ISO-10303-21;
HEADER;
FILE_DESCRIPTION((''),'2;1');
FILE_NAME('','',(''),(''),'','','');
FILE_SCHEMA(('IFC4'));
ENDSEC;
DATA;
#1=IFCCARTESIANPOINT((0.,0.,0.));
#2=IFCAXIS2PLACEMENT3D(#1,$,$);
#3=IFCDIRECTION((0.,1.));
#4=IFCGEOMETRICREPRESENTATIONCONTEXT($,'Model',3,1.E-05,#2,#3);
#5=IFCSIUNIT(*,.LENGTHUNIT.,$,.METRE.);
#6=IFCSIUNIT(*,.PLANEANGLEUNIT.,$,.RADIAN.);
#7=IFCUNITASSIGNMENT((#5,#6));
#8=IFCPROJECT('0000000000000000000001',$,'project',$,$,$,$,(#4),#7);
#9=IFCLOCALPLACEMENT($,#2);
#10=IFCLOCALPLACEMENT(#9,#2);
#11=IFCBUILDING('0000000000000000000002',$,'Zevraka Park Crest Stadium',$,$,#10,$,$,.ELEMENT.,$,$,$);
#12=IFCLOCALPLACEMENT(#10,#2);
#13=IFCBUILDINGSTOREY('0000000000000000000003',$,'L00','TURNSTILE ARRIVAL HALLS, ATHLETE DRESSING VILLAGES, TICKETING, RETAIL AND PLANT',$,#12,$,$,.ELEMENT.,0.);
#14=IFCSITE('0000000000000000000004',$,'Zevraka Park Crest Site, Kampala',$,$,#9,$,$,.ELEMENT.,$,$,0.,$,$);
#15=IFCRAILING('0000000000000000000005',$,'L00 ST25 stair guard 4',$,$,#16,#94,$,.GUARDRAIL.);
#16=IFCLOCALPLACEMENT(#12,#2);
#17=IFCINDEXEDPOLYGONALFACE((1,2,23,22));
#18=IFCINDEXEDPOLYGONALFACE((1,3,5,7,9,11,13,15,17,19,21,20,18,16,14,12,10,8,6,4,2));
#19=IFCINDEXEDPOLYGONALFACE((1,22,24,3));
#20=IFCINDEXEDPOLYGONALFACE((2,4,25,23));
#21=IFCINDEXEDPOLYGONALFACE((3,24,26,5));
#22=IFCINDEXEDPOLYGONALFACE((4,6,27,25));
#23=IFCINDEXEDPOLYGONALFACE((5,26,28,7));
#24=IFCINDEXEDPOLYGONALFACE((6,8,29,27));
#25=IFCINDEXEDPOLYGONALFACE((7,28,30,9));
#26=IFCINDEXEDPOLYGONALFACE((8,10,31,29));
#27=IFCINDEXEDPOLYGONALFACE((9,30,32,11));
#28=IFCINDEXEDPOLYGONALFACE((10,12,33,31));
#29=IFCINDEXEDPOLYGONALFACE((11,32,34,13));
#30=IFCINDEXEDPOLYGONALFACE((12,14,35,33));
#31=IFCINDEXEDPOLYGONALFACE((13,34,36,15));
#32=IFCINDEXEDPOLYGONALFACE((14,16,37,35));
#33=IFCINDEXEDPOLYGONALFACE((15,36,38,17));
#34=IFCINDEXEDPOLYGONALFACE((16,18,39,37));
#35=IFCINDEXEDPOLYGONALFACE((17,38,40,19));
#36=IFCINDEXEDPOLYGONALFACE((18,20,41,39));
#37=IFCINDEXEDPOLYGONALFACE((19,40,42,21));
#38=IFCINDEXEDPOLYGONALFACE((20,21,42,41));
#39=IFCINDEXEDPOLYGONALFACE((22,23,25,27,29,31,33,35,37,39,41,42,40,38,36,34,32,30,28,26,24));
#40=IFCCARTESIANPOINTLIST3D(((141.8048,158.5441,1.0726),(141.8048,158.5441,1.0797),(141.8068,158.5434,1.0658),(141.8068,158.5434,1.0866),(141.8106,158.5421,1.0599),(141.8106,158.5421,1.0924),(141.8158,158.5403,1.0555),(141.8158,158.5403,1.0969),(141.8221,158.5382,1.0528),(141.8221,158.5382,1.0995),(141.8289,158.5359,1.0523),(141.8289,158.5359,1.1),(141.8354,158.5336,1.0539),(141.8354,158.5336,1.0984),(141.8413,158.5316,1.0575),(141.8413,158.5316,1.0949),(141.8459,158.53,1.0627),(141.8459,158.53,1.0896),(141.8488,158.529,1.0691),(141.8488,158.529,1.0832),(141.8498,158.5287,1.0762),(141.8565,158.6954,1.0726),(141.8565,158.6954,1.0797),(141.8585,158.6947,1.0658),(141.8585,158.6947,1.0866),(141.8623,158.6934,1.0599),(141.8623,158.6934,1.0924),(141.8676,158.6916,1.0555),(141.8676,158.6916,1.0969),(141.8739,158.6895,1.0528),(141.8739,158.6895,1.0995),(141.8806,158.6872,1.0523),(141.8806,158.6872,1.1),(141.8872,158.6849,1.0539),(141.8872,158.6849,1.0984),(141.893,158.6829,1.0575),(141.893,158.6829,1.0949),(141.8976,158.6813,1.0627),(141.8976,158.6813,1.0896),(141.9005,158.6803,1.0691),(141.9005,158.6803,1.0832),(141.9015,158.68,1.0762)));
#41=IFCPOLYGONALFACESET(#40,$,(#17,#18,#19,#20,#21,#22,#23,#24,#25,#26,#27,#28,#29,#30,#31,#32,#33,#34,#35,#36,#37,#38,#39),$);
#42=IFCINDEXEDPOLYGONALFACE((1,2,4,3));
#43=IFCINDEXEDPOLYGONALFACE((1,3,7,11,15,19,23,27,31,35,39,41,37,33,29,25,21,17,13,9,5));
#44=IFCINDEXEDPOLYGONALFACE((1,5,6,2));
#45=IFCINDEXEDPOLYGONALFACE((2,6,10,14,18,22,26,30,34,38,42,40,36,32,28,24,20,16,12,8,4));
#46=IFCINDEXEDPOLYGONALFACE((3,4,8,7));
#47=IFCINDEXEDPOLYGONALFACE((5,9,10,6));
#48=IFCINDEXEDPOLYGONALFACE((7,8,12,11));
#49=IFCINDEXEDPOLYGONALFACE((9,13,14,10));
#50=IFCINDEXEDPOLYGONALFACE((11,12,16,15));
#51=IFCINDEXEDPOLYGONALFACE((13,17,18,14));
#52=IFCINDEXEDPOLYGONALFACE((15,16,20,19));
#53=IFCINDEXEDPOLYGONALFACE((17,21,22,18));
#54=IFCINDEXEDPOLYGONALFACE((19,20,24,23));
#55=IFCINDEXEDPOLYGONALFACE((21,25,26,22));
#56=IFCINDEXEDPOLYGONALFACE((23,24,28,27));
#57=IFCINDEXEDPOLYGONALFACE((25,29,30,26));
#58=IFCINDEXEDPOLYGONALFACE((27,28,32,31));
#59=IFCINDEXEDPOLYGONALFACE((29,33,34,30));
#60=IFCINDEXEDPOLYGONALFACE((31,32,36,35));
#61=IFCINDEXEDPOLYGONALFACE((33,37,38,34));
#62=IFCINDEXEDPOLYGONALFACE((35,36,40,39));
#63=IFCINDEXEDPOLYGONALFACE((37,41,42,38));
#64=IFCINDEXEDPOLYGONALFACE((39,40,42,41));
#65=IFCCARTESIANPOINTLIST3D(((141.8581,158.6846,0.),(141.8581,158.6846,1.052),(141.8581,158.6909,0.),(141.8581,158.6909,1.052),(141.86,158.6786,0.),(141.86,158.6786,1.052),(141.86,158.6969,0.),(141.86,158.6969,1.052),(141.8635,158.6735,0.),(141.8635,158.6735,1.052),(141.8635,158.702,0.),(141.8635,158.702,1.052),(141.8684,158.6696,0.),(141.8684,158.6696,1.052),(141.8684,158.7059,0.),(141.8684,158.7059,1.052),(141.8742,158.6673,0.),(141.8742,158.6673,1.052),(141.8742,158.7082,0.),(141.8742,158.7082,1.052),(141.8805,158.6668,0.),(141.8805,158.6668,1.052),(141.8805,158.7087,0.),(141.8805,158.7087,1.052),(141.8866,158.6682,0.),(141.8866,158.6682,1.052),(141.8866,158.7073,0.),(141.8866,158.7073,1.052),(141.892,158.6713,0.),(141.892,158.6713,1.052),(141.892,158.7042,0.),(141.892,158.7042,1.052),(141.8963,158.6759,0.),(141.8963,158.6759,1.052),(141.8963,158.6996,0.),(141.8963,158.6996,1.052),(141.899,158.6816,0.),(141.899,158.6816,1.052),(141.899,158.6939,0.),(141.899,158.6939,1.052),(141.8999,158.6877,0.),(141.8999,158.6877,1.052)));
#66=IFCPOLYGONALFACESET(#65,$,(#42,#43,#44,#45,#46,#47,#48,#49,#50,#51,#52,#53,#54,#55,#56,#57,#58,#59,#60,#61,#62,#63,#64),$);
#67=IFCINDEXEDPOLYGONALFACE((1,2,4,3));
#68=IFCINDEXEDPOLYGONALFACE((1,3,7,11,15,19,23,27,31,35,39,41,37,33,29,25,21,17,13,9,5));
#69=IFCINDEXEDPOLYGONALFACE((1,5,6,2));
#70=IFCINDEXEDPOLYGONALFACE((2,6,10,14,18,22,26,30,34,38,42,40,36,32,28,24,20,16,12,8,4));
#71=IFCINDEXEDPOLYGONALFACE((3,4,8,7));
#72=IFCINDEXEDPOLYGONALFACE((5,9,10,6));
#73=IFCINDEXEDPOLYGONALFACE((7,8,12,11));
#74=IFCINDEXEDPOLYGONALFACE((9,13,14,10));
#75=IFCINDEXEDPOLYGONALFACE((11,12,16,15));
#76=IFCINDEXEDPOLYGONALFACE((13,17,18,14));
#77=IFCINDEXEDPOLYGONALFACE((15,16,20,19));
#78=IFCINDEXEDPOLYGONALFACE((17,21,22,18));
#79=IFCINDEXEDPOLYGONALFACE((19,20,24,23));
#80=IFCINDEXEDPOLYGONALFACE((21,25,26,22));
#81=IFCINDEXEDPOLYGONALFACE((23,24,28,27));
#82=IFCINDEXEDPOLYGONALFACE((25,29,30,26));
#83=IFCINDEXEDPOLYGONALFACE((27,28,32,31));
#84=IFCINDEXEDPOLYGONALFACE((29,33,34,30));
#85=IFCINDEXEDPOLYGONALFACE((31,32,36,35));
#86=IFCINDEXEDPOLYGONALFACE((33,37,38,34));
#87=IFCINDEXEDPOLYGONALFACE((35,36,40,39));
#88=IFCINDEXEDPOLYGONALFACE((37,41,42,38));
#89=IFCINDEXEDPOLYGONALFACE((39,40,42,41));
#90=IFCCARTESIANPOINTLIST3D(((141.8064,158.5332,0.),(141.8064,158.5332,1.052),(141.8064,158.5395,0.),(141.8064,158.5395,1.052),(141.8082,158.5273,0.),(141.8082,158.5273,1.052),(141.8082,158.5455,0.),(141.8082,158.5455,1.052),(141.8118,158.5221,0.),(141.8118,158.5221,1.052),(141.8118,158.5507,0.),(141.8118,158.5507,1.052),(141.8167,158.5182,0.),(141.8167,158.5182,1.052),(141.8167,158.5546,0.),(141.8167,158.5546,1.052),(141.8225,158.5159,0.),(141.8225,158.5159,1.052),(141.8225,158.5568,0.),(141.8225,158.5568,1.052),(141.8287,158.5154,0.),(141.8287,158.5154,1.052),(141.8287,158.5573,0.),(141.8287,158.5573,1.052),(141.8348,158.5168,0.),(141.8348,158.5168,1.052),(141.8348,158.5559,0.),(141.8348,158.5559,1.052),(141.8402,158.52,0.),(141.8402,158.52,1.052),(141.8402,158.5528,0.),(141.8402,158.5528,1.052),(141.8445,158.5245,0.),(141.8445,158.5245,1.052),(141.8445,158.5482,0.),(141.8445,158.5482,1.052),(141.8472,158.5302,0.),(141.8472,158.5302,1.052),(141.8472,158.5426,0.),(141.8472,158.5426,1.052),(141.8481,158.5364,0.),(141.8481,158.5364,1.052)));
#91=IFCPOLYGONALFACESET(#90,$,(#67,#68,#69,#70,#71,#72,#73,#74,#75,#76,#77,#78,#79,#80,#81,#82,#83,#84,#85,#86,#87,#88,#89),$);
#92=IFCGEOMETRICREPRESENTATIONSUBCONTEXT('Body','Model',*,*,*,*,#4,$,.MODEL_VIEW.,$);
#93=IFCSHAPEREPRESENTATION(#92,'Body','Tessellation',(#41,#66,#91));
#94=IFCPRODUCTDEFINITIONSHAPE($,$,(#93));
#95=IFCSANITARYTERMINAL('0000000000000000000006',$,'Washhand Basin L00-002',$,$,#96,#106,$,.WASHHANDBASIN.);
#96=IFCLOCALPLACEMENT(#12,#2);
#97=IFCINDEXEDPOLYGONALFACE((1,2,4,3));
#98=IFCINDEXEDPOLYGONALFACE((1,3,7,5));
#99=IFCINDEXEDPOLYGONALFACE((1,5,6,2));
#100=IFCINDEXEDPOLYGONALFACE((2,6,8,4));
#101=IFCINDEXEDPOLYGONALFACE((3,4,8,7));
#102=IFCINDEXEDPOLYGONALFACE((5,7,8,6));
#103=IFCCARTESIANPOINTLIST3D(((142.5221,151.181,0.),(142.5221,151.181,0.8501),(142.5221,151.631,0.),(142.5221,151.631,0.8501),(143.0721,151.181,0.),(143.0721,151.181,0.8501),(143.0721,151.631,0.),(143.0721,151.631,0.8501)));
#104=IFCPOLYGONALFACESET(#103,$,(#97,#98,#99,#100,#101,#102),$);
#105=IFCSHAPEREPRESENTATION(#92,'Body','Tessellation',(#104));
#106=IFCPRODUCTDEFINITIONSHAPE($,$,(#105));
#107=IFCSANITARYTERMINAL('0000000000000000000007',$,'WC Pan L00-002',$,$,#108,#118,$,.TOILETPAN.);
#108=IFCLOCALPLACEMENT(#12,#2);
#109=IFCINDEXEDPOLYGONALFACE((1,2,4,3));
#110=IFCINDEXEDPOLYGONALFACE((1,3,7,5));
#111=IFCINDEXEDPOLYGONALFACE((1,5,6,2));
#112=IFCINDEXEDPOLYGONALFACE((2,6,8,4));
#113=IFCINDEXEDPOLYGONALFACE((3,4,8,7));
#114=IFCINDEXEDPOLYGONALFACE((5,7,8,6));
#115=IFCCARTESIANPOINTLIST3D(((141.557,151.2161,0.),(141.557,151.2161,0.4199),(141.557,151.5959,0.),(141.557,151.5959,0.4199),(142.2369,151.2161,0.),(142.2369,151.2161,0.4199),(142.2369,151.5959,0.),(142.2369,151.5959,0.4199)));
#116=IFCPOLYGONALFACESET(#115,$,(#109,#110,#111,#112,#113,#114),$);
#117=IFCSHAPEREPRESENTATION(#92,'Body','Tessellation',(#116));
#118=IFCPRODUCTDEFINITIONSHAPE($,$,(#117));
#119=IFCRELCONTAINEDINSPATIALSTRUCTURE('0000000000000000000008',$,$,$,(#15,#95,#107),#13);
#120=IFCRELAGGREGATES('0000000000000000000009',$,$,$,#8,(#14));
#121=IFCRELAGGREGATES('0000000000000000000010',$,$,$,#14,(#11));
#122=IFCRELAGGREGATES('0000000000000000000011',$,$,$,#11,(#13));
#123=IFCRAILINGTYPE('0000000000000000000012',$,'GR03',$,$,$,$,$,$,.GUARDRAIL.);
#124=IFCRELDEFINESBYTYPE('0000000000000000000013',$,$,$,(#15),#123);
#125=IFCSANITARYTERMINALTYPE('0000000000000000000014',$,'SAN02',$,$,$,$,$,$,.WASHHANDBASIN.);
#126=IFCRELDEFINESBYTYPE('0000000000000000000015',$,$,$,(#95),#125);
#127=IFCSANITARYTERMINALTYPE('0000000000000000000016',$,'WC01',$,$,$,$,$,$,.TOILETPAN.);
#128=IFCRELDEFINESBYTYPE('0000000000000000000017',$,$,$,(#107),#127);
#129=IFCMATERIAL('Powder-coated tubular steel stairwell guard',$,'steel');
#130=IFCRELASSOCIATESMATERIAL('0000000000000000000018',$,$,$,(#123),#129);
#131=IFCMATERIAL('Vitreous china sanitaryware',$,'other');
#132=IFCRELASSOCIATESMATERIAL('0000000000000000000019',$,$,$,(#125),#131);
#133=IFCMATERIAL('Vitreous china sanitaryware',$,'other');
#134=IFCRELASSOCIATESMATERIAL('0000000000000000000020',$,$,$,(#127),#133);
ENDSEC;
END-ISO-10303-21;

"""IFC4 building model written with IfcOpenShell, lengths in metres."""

from ifc_helpers import new_model, si_unit, direction, frame, origin, origin_2d, place, context, subcontext, project, spatial, rectangle, circle, extrude, material, type_object, element, save


model = new_model("IFC4")

# Units and contexts
model_context = context("Model", 3, precision=1e-05, world=origin(), true_north=direction((0.0, 1.0)))
body_context = subcontext(model_context, "Body", "Model", "MODEL_VIEW")
ifc_project = project(units=[si_unit("LENGTHUNIT", "METRE"), si_unit("PLANEANGLEUNIT", "RADIAN")], contexts=[model_context])

# Site, building, storey
site_placement = place(None, origin())
site = spatial("IfcSite", under=ifc_project, at=site_placement, Name="Zevraka Park Crest Site, Kampala", CompositionType="ELEMENT", RefElevation=0.0)
building_placement = place(site_placement, origin())
building = spatial("IfcBuilding", under=site, at=building_placement, Name="Zevraka Park Crest Stadium", CompositionType="ELEMENT")
storey_placement = place(building_placement, origin())
storey = spatial("IfcBuildingStorey", under=building, at=storey_placement, Name="L00", Description="TURNSTILE ARRIVAL HALLS, ATHLETE DRESSING VILLAGES, TICKETING, RETAIL AND PLANT", CompositionType="ELEMENT", Elevation=0.0)

# Railing
ifc_material_1 = material(Name="Powder-coated tubular steel stairwell guard", Category="steel")
railing_type_1 = type_object("IfcRailingType", Name="GR03", PredefinedType="GUARDRAIL", material=ifc_material_1)
railing_1_placement = place(storey_placement, frame((141.8789, 158.6877, 0.0)))
element("IfcRailing", 1, at=railing_1_placement, inside=storey, type_object=railing_type_1, Name="L00 ST25 stair guard 4", PredefinedType="GUARDRAIL", context=body_context, shape_type="SweptSolid", body=[
    extrude(circle(Radius=0.0239, at=origin_2d()), frame((0.0, 0.0, 1.0762), z_axis=(-0.323544, -0.946213, 0.0), x_axis=(0.946213, -0.323544, 0.0)), (0.0, 0.0, 1.0), 0.1599),
    extrude(circle(Radius=0.021, at=origin_2d()), origin(), (0.0, 0.0, 1.0), 1.052),
    extrude(circle(Radius=0.021, at=origin_2d()), frame((-0.0518, -0.1514, 0.0)), (0.0, 0.0, 1.0), 1.052),
])

# Sanitary terminals
ifc_material_2 = material(Name="Vitreous china sanitaryware", Category="other")
sanitary_terminal_type_1 = type_object("IfcSanitaryTerminalType", Name="SAN02", PredefinedType="WASHHANDBASIN", material=ifc_material_2)
sanitary_terminal_1_placement = place(storey_placement, frame((142.7971, 151.406, 0.0), z_axis=(0.0, 0.0, 1.0), x_axis=(1.0, 0.0, 0.0)))
element("IfcSanitaryTerminal", 2, at=sanitary_terminal_1_placement, inside=storey, type_object=sanitary_terminal_type_1, Name="Washhand Basin L00-002", PredefinedType="WASHHANDBASIN", context=body_context, shape_type="SweptSolid", body=[
    extrude(rectangle(XDim=0.55, YDim=0.45, at=origin_2d()), origin(), (0.0, 0.0, 1.0), 0.8501),
])
ifc_material_3 = material(Name="Vitreous china sanitaryware", Category="other")
sanitary_terminal_type_2 = type_object("IfcSanitaryTerminalType", Name="WC01", PredefinedType="TOILETPAN", material=ifc_material_3)
sanitary_terminal_2_placement = place(storey_placement, frame((141.897, 151.406, 0.0), z_axis=(0.0, 0.0, 1.0), x_axis=(1.0, 0.0, 0.0)))
element("IfcSanitaryTerminal", 3, at=sanitary_terminal_2_placement, inside=storey, type_object=sanitary_terminal_type_2, Name="WC Pan L00-002", PredefinedType="TOILETPAN", context=body_context, shape_type="SweptSolid", body=[
    extrude(rectangle(XDim=0.6799, YDim=0.3799, at=origin_2d()), origin(), (0.0, 0.0, 1.0), 0.4199),
])

save(model, "model.ifc")
